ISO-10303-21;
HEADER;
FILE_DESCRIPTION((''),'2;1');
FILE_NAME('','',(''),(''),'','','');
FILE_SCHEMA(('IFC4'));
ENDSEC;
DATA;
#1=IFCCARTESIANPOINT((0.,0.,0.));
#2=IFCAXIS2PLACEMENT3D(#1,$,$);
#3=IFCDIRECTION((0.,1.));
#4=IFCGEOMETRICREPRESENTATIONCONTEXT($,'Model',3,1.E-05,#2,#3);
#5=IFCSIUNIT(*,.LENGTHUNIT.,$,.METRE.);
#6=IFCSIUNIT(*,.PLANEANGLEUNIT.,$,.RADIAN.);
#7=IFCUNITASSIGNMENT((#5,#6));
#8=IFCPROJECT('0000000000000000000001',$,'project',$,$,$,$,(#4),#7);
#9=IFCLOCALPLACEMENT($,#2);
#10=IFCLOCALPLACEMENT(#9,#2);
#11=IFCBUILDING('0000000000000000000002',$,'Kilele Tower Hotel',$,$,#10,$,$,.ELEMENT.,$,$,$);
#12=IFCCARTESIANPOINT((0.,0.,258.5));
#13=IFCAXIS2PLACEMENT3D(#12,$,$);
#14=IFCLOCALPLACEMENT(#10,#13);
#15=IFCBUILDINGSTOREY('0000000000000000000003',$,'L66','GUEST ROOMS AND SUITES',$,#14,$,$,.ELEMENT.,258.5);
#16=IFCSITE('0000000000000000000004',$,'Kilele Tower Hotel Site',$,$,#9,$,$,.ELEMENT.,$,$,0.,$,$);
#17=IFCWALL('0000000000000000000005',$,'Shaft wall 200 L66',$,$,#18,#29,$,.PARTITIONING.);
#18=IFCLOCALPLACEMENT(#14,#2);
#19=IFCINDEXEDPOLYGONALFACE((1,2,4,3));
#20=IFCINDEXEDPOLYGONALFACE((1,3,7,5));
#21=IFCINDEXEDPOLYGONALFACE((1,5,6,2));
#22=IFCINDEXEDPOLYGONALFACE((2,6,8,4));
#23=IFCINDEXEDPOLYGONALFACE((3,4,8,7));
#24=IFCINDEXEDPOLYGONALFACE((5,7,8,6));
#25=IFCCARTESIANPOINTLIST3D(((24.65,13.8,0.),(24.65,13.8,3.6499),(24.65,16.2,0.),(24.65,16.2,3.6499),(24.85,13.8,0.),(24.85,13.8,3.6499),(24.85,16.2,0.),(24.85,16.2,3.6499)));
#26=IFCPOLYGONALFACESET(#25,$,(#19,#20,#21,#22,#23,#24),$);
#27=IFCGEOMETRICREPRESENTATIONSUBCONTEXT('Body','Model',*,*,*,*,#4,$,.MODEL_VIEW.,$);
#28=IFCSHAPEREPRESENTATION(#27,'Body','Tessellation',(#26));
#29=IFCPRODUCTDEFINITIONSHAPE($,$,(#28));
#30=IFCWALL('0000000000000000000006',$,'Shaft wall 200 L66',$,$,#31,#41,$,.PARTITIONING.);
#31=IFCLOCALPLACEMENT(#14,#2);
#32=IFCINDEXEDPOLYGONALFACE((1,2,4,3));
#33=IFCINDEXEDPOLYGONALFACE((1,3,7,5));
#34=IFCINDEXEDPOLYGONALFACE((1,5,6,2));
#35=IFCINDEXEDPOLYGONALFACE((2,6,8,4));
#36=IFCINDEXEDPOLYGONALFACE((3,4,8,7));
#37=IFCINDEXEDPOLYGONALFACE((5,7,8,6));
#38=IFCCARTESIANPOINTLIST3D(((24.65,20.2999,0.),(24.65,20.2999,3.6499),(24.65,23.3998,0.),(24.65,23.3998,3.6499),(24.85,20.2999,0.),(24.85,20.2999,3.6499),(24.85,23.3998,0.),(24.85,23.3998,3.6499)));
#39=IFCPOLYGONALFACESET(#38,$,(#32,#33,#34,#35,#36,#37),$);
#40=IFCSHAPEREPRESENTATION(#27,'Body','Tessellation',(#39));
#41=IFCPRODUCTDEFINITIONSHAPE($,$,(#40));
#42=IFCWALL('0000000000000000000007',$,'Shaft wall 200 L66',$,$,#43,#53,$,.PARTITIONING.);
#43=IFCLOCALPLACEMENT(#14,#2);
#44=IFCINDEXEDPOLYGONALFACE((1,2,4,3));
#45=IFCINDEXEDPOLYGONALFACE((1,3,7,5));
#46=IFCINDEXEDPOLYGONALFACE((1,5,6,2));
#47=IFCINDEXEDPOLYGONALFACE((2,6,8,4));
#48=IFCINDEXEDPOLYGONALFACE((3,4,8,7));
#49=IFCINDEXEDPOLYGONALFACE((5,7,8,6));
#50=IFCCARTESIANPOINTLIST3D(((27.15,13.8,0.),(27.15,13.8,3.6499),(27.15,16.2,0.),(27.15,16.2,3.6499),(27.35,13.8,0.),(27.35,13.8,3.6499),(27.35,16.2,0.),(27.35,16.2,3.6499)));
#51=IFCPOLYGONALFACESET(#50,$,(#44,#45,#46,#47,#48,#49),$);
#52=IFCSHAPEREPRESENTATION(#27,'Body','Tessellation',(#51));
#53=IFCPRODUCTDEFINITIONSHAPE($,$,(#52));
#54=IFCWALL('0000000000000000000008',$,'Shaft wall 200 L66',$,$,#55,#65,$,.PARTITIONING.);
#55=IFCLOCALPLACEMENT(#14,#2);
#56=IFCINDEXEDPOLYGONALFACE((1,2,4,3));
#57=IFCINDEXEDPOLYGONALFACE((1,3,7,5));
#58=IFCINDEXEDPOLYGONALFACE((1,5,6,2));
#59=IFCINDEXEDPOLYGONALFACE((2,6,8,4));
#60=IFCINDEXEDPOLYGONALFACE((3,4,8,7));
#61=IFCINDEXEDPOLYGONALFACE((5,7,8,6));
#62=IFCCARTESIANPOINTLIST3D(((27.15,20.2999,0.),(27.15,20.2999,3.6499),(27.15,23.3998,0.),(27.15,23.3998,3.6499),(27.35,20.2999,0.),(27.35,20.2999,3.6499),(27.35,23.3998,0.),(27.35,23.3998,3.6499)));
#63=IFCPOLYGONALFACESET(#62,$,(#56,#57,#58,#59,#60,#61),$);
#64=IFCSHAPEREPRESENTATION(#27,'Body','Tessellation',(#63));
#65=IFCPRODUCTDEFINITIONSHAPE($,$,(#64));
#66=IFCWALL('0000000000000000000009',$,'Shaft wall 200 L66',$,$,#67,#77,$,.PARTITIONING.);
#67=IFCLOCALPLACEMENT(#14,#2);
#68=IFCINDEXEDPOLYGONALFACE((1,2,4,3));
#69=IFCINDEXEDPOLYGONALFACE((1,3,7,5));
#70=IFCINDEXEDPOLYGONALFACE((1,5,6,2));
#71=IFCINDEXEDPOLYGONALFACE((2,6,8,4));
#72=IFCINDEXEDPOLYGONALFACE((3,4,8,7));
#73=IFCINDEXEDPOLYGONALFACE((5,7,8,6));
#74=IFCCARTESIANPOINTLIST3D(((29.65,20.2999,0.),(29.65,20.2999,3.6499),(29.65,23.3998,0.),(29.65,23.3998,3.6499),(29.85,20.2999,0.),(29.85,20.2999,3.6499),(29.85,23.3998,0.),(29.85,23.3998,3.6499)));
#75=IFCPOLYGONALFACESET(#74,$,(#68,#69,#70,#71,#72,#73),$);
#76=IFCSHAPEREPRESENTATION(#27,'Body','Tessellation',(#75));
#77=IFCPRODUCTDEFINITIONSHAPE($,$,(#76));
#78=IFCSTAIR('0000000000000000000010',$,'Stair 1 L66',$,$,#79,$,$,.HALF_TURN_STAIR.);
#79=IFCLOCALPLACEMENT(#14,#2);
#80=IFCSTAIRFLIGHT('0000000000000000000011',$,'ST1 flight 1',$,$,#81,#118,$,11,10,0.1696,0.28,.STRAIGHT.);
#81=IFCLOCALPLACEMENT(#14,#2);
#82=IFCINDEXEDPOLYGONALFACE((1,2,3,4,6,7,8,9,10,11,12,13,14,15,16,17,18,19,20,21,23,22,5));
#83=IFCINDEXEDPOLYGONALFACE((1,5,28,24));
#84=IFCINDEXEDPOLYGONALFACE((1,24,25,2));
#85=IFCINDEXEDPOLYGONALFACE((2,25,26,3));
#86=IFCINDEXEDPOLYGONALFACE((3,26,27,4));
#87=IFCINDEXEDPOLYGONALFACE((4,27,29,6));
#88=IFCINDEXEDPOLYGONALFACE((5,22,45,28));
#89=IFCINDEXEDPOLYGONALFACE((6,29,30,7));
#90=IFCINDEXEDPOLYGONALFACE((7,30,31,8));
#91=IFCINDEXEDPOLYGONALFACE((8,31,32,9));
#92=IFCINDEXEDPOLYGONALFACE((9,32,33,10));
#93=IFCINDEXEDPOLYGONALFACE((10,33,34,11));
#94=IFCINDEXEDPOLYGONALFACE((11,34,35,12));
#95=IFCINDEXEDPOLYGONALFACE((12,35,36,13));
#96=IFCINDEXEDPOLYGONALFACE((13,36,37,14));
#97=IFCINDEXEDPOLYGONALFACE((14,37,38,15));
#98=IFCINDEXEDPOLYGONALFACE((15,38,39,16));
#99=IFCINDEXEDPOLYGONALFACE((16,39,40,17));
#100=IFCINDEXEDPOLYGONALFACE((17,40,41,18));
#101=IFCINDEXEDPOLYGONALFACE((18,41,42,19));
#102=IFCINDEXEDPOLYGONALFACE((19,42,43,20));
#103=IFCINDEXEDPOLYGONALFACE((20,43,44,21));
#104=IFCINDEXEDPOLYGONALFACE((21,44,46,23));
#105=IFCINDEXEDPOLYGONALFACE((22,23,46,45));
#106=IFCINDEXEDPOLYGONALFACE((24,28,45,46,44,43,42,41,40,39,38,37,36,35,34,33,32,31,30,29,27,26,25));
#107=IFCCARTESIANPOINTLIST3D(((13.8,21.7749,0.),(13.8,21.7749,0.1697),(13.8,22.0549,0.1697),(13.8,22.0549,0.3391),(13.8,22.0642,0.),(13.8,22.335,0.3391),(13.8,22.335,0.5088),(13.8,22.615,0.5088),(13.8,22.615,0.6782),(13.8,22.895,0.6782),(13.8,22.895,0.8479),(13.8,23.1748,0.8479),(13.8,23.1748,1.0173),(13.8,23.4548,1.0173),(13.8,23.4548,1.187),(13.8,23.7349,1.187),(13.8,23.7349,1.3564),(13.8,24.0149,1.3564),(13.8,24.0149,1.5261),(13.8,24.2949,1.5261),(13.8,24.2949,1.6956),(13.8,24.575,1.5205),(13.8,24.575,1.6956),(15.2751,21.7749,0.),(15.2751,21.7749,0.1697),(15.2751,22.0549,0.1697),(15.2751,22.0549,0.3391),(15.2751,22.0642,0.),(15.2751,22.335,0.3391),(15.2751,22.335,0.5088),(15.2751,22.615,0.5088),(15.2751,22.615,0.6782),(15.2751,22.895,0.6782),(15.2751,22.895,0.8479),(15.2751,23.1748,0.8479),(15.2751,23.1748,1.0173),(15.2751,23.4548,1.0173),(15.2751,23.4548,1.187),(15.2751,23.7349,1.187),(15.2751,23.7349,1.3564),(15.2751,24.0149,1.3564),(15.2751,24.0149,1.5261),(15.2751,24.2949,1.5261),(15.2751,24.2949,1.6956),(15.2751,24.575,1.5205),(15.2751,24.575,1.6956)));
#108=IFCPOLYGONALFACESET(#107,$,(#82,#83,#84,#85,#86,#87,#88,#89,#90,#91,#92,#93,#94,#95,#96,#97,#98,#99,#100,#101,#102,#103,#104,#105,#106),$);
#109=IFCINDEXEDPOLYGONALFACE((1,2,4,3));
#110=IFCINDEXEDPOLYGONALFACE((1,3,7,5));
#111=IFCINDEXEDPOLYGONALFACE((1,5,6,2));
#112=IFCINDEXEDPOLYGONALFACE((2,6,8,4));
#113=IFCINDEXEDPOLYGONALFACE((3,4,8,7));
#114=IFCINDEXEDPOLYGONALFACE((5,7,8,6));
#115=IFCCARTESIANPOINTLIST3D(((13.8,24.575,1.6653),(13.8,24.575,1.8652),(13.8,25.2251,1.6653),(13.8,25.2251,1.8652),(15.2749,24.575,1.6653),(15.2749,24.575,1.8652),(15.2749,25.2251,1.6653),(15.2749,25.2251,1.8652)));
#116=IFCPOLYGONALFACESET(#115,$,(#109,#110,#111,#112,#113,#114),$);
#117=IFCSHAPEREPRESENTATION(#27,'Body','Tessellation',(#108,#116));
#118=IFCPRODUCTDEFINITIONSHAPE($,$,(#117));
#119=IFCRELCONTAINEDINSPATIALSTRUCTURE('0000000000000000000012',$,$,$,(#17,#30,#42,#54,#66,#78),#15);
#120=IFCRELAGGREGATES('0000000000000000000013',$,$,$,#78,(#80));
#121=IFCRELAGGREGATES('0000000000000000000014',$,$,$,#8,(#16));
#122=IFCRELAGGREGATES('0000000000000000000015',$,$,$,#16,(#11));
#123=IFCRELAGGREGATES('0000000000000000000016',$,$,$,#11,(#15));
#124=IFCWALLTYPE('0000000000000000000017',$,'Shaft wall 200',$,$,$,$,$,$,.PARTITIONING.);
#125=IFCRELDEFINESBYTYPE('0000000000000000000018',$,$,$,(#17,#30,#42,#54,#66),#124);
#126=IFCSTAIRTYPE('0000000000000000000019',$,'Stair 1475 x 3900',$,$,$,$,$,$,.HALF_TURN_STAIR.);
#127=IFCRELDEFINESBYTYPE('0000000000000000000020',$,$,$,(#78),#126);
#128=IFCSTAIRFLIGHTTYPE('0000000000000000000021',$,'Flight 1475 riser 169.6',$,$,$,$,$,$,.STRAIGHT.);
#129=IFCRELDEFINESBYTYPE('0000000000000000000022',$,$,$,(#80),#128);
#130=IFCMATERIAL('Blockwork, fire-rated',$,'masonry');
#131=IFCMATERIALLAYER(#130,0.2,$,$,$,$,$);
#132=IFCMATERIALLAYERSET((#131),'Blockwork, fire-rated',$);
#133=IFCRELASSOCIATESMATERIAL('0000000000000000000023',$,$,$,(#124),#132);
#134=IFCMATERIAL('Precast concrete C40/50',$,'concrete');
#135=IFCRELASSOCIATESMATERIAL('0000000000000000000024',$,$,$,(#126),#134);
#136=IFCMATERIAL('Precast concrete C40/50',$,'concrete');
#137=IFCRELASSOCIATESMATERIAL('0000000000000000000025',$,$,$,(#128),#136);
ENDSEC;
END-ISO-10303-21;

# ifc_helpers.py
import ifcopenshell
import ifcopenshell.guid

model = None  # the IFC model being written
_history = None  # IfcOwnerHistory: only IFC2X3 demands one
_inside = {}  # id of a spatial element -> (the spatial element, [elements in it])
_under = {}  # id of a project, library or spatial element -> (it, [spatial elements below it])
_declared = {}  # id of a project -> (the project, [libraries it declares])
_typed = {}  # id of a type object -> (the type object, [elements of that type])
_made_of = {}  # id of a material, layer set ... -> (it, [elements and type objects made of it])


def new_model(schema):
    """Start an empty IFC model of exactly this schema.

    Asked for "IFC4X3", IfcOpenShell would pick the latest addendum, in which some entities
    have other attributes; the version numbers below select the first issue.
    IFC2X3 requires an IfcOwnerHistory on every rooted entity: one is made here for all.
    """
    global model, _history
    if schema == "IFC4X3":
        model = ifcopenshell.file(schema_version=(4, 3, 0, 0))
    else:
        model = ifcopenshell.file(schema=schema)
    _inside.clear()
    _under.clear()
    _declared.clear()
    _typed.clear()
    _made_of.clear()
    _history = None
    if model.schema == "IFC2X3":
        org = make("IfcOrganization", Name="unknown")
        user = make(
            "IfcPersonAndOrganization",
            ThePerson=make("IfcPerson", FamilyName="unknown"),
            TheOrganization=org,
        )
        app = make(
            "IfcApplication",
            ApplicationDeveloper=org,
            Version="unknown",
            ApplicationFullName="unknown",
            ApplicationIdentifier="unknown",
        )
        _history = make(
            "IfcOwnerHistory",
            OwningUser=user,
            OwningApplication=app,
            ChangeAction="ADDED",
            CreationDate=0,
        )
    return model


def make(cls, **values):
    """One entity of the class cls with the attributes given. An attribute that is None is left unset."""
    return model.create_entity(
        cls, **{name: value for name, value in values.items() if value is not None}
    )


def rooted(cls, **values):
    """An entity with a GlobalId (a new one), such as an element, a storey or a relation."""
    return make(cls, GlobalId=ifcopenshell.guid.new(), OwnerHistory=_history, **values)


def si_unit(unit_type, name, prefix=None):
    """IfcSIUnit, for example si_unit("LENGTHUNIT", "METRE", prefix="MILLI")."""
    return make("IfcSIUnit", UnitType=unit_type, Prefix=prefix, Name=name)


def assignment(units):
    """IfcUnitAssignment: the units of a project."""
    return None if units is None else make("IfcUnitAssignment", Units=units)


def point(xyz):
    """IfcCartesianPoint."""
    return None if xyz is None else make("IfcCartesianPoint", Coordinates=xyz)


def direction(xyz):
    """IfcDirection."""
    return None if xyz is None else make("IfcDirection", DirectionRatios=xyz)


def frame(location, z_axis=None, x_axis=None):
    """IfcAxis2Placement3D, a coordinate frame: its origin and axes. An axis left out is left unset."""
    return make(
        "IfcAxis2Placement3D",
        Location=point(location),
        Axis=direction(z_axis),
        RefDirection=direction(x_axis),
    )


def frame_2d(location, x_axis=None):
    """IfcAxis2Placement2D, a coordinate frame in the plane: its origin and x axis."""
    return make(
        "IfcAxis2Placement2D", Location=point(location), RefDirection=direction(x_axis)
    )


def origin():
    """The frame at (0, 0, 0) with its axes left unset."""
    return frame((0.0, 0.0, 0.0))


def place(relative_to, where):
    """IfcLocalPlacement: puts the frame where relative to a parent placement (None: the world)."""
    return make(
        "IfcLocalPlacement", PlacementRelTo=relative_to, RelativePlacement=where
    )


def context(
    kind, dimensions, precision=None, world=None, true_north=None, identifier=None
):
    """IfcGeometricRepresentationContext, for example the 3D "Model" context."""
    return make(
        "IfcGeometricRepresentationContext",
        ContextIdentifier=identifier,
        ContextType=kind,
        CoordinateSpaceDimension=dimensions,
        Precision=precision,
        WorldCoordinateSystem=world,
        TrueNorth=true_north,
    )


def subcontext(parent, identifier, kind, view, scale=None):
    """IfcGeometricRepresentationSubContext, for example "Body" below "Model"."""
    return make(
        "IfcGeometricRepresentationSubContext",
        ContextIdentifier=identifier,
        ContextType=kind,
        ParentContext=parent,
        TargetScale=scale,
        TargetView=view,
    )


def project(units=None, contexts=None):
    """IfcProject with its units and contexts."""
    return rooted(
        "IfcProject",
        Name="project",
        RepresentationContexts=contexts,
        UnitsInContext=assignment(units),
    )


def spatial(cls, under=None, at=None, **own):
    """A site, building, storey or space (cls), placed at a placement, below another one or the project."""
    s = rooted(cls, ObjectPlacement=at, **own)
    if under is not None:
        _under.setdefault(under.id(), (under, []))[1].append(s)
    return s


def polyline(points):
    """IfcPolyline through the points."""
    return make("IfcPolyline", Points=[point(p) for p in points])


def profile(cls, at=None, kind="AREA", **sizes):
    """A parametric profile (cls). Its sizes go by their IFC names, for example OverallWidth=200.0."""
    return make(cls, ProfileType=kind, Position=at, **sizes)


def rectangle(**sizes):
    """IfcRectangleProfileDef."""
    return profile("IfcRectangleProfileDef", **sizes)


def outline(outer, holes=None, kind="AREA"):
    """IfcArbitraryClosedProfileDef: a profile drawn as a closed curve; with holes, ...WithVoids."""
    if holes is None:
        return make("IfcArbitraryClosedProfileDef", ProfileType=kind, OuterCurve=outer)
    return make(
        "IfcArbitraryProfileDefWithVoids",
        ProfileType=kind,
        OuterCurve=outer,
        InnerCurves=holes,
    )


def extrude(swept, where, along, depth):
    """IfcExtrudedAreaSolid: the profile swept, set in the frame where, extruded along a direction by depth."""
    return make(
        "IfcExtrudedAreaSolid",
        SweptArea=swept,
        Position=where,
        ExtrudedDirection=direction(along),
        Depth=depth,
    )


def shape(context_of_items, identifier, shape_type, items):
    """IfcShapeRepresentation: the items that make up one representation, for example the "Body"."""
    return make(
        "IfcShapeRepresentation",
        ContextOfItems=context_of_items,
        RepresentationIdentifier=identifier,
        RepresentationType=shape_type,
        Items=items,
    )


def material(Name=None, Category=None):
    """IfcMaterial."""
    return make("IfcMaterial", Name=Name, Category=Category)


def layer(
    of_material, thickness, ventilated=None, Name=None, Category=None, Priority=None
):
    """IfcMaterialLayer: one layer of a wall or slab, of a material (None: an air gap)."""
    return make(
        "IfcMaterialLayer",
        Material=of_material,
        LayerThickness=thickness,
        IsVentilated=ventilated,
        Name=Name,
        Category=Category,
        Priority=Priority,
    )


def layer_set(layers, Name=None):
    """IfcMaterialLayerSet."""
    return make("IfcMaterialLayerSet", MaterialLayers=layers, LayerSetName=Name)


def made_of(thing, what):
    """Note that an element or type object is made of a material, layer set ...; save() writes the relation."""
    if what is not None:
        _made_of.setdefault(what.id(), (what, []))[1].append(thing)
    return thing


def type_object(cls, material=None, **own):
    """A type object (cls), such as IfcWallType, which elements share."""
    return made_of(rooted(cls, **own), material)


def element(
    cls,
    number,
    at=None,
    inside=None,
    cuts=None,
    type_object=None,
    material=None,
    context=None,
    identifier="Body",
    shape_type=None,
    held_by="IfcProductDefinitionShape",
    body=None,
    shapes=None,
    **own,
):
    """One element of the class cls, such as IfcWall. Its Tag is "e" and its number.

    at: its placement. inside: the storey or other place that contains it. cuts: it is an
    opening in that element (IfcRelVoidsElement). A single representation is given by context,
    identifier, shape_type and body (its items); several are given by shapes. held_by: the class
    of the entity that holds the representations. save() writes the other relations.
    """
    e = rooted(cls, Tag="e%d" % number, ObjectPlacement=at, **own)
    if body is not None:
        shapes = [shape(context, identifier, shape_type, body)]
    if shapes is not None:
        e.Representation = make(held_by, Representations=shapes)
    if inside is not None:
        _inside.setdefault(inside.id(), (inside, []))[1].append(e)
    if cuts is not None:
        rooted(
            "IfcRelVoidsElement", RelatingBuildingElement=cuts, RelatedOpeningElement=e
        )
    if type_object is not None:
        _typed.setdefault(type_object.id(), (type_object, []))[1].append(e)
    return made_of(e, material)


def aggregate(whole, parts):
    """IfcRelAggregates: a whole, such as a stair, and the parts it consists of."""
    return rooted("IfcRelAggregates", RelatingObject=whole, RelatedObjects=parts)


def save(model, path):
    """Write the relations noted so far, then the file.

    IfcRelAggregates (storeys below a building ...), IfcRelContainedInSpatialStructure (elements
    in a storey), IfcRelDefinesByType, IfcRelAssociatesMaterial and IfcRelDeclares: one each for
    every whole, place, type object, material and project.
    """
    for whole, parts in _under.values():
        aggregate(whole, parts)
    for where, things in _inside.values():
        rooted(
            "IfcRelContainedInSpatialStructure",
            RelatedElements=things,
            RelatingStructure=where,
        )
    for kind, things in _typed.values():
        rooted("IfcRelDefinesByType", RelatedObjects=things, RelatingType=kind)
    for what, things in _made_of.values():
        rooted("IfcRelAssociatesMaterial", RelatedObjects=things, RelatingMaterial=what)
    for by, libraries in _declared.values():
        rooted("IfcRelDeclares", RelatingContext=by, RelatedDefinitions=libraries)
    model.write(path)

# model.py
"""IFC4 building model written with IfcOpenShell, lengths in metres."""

from ifc_helpers import new_model, si_unit, direction, frame, frame_2d, origin, place, context, subcontext, project, spatial, polyline, rectangle, outline, extrude, material, layer, layer_set, type_object, element, aggregate, save


model = new_model("IFC4")

# Units and contexts
model_context = context("Model", 3, precision=1e-05, world=origin(), true_north=direction((0.0, 1.0)))
body_context = subcontext(model_context, "Body", "Model", "MODEL_VIEW")
ifc_project = project(units=[si_unit("LENGTHUNIT", "METRE"), si_unit("PLANEANGLEUNIT", "RADIAN")], contexts=[model_context])

# Site, building, storey
site_placement = place(None, origin())
site = spatial("IfcSite", under=ifc_project, at=site_placement, Name="Kilele Tower Hotel Site", CompositionType="ELEMENT", RefElevation=0.0)
building_placement = place(site_placement, origin())
building = spatial("IfcBuilding", under=site, at=building_placement, Name="Kilele Tower Hotel", CompositionType="ELEMENT")
storey_placement = place(building_placement, frame((0.0, 0.0, 258.5)))
storey = spatial("IfcBuildingStorey", under=building, at=storey_placement, Name="L66", Description="GUEST ROOMS AND SUITES", CompositionType="ELEMENT", Elevation=258.5)

# Walls
ifc_material_1 = material(Name="Blockwork, fire-rated", Category="masonry")
ifc_layer_1 = layer(ifc_material_1, 0.2)
ifc_layer_set_1 = layer_set([ifc_layer_1], Name="Blockwork, fire-rated")
wall_type_1 = type_object("IfcWallType", Name="Shaft wall 200", PredefinedType="PARTITIONING", material=ifc_layer_set_1)
wall_1_placement = place(storey_placement, frame((24.75, 13.8, 0.0), z_axis=(0.0, 0.0, 1.0), x_axis=(0.0, 1.0, 0.0)))
element("IfcWall", 1, at=wall_1_placement, inside=storey, type_object=wall_type_1, Name="Shaft wall 200 L66", PredefinedType="PARTITIONING", context=body_context, shape_type="SweptSolid", body=[
    extrude(rectangle(XDim=2.3999, YDim=0.2, at=frame_2d((1.2, 0.0))), origin(), (0.0, 0.0, 1.0), 3.6499),
])
wall_2_placement = place(storey_placement, frame((24.75, 20.3, 0.0), z_axis=(0.0, 0.0, 1.0), x_axis=(0.0, 1.0, 0.0)))
element("IfcWall", 2, at=wall_2_placement, inside=storey, type_object=wall_type_1, Name="Shaft wall 200 L66", PredefinedType="PARTITIONING", context=body_context, shape_type="SweptSolid", body=[
    extrude(rectangle(XDim=3.0999, YDim=0.2, at=frame_2d((1.5498, 0.0))), origin(), (0.0, 0.0, 1.0), 3.6499),
])
wall_3_placement = place(storey_placement, frame((27.25, 13.8, 0.0), z_axis=(0.0, 0.0, 1.0), x_axis=(0.0, 1.0, 0.0)))
element("IfcWall", 3, at=wall_3_placement, inside=storey, type_object=wall_type_1, Name="Shaft wall 200 L66", PredefinedType="PARTITIONING", context=body_context, shape_type="SweptSolid", body=[
    extrude(rectangle(XDim=2.3999, YDim=0.2, at=frame_2d((1.2, 0.0))), origin(), (0.0, 0.0, 1.0), 3.6499),
])
for number, where, z_axis, x_axis, name in (
    (4, (27.25, 20.3, 0.0), (0.0, 0.0, 1.0), (0.0, 1.0, 0.0), "Shaft wall 200 L66"),
    (5, (29.75, 20.3, 0.0), (0.0, 0.0, 1.0), (0.0, 1.0, 0.0), "Shaft wall 200 L66"),
):
    element("IfcWall", number, at=place(storey_placement, frame(where, z_axis=z_axis, x_axis=x_axis)), inside=storey, type_object=wall_type_1, Name=name, PredefinedType="PARTITIONING", context=body_context, shape_type="SweptSolid", body=[
        extrude(rectangle(XDim=3.0999, YDim=0.2, at=frame_2d((1.5498, 0.0))), origin(), (0.0, 0.0, 1.0), 3.6499),
    ])

# Stair, stair flight
ifc_material_2 = material(Name="Precast concrete C40/50", Category="concrete")
stair_type = type_object("IfcStairType", Name="Stair 1475 x 3900", PredefinedType="HALF_TURN_STAIR", material=ifc_material_2)
stair_placement = place(storey_placement, origin())
stair = element("IfcStair", 6, at=stair_placement, inside=storey, type_object=stair_type, Name="Stair 1 L66", PredefinedType="HALF_TURN_STAIR")
ifc_material_3 = material(Name="Precast concrete C40/50", Category="concrete")
stair_flight_type = type_object("IfcStairFlightType", Name="Flight 1475 riser 169.6", PredefinedType="STRAIGHT", material=ifc_material_3)
stair_flight_placement = place(storey_placement, frame((14.5376, 21.7749, 0.0), z_axis=(0.0, 0.0, 1.0), x_axis=(0.0, 1.0, 0.0)))
stair_flight = element("IfcStairFlight", 7, at=stair_flight_placement, type_object=stair_flight_type, Name="ST1 flight 1", NumberOfRisers=11, NumberOfTreads=10, PredefinedType="STRAIGHT", RiserHeight=0.1696, TreadLength=0.28, context=body_context, shape_type="SweptSolid", body=[
    extrude(outline(polyline([(0.0, 0.0), (0.0, 0.1697), (0.28, 0.1697), (0.28, 0.3391), (0.5601, 0.3391), (0.5601, 0.5088), (0.8401, 0.5088), (0.8401, 0.6782), (1.1201, 0.6782), (1.1201, 0.8479), (1.3999, 0.8479), (1.3999, 1.0173), (1.6799, 1.0173), (1.6799, 1.187), (1.96, 1.187), (1.96, 1.3564), (2.24, 1.3564), (2.24, 1.5261), (2.52, 1.5261), (2.52, 1.6956), (2.8, 1.6956), (2.8, 1.8652), (2.8, 1.5205), (0.2893, 0.0), (0.0, 0.0)])), frame((0.0, 0.7375, 0.0), z_axis=(0.0, -1.0, 0.0), x_axis=(1.0, 0.0, 0.0)), (0.0, 0.0, 1.0), 1.4751),
    extrude(outline(polyline([(2.8, 0.7375), (2.8, -0.7373), (3.4502, -0.7373), (3.4502, 0.7375), (2.8, 0.7375)])), frame((0.0, 0.0, 1.6653)), (0.0, 0.0, 1.0), 0.2),
])
aggregate(stair, [stair_flight])

save(model, "model.ifc")
